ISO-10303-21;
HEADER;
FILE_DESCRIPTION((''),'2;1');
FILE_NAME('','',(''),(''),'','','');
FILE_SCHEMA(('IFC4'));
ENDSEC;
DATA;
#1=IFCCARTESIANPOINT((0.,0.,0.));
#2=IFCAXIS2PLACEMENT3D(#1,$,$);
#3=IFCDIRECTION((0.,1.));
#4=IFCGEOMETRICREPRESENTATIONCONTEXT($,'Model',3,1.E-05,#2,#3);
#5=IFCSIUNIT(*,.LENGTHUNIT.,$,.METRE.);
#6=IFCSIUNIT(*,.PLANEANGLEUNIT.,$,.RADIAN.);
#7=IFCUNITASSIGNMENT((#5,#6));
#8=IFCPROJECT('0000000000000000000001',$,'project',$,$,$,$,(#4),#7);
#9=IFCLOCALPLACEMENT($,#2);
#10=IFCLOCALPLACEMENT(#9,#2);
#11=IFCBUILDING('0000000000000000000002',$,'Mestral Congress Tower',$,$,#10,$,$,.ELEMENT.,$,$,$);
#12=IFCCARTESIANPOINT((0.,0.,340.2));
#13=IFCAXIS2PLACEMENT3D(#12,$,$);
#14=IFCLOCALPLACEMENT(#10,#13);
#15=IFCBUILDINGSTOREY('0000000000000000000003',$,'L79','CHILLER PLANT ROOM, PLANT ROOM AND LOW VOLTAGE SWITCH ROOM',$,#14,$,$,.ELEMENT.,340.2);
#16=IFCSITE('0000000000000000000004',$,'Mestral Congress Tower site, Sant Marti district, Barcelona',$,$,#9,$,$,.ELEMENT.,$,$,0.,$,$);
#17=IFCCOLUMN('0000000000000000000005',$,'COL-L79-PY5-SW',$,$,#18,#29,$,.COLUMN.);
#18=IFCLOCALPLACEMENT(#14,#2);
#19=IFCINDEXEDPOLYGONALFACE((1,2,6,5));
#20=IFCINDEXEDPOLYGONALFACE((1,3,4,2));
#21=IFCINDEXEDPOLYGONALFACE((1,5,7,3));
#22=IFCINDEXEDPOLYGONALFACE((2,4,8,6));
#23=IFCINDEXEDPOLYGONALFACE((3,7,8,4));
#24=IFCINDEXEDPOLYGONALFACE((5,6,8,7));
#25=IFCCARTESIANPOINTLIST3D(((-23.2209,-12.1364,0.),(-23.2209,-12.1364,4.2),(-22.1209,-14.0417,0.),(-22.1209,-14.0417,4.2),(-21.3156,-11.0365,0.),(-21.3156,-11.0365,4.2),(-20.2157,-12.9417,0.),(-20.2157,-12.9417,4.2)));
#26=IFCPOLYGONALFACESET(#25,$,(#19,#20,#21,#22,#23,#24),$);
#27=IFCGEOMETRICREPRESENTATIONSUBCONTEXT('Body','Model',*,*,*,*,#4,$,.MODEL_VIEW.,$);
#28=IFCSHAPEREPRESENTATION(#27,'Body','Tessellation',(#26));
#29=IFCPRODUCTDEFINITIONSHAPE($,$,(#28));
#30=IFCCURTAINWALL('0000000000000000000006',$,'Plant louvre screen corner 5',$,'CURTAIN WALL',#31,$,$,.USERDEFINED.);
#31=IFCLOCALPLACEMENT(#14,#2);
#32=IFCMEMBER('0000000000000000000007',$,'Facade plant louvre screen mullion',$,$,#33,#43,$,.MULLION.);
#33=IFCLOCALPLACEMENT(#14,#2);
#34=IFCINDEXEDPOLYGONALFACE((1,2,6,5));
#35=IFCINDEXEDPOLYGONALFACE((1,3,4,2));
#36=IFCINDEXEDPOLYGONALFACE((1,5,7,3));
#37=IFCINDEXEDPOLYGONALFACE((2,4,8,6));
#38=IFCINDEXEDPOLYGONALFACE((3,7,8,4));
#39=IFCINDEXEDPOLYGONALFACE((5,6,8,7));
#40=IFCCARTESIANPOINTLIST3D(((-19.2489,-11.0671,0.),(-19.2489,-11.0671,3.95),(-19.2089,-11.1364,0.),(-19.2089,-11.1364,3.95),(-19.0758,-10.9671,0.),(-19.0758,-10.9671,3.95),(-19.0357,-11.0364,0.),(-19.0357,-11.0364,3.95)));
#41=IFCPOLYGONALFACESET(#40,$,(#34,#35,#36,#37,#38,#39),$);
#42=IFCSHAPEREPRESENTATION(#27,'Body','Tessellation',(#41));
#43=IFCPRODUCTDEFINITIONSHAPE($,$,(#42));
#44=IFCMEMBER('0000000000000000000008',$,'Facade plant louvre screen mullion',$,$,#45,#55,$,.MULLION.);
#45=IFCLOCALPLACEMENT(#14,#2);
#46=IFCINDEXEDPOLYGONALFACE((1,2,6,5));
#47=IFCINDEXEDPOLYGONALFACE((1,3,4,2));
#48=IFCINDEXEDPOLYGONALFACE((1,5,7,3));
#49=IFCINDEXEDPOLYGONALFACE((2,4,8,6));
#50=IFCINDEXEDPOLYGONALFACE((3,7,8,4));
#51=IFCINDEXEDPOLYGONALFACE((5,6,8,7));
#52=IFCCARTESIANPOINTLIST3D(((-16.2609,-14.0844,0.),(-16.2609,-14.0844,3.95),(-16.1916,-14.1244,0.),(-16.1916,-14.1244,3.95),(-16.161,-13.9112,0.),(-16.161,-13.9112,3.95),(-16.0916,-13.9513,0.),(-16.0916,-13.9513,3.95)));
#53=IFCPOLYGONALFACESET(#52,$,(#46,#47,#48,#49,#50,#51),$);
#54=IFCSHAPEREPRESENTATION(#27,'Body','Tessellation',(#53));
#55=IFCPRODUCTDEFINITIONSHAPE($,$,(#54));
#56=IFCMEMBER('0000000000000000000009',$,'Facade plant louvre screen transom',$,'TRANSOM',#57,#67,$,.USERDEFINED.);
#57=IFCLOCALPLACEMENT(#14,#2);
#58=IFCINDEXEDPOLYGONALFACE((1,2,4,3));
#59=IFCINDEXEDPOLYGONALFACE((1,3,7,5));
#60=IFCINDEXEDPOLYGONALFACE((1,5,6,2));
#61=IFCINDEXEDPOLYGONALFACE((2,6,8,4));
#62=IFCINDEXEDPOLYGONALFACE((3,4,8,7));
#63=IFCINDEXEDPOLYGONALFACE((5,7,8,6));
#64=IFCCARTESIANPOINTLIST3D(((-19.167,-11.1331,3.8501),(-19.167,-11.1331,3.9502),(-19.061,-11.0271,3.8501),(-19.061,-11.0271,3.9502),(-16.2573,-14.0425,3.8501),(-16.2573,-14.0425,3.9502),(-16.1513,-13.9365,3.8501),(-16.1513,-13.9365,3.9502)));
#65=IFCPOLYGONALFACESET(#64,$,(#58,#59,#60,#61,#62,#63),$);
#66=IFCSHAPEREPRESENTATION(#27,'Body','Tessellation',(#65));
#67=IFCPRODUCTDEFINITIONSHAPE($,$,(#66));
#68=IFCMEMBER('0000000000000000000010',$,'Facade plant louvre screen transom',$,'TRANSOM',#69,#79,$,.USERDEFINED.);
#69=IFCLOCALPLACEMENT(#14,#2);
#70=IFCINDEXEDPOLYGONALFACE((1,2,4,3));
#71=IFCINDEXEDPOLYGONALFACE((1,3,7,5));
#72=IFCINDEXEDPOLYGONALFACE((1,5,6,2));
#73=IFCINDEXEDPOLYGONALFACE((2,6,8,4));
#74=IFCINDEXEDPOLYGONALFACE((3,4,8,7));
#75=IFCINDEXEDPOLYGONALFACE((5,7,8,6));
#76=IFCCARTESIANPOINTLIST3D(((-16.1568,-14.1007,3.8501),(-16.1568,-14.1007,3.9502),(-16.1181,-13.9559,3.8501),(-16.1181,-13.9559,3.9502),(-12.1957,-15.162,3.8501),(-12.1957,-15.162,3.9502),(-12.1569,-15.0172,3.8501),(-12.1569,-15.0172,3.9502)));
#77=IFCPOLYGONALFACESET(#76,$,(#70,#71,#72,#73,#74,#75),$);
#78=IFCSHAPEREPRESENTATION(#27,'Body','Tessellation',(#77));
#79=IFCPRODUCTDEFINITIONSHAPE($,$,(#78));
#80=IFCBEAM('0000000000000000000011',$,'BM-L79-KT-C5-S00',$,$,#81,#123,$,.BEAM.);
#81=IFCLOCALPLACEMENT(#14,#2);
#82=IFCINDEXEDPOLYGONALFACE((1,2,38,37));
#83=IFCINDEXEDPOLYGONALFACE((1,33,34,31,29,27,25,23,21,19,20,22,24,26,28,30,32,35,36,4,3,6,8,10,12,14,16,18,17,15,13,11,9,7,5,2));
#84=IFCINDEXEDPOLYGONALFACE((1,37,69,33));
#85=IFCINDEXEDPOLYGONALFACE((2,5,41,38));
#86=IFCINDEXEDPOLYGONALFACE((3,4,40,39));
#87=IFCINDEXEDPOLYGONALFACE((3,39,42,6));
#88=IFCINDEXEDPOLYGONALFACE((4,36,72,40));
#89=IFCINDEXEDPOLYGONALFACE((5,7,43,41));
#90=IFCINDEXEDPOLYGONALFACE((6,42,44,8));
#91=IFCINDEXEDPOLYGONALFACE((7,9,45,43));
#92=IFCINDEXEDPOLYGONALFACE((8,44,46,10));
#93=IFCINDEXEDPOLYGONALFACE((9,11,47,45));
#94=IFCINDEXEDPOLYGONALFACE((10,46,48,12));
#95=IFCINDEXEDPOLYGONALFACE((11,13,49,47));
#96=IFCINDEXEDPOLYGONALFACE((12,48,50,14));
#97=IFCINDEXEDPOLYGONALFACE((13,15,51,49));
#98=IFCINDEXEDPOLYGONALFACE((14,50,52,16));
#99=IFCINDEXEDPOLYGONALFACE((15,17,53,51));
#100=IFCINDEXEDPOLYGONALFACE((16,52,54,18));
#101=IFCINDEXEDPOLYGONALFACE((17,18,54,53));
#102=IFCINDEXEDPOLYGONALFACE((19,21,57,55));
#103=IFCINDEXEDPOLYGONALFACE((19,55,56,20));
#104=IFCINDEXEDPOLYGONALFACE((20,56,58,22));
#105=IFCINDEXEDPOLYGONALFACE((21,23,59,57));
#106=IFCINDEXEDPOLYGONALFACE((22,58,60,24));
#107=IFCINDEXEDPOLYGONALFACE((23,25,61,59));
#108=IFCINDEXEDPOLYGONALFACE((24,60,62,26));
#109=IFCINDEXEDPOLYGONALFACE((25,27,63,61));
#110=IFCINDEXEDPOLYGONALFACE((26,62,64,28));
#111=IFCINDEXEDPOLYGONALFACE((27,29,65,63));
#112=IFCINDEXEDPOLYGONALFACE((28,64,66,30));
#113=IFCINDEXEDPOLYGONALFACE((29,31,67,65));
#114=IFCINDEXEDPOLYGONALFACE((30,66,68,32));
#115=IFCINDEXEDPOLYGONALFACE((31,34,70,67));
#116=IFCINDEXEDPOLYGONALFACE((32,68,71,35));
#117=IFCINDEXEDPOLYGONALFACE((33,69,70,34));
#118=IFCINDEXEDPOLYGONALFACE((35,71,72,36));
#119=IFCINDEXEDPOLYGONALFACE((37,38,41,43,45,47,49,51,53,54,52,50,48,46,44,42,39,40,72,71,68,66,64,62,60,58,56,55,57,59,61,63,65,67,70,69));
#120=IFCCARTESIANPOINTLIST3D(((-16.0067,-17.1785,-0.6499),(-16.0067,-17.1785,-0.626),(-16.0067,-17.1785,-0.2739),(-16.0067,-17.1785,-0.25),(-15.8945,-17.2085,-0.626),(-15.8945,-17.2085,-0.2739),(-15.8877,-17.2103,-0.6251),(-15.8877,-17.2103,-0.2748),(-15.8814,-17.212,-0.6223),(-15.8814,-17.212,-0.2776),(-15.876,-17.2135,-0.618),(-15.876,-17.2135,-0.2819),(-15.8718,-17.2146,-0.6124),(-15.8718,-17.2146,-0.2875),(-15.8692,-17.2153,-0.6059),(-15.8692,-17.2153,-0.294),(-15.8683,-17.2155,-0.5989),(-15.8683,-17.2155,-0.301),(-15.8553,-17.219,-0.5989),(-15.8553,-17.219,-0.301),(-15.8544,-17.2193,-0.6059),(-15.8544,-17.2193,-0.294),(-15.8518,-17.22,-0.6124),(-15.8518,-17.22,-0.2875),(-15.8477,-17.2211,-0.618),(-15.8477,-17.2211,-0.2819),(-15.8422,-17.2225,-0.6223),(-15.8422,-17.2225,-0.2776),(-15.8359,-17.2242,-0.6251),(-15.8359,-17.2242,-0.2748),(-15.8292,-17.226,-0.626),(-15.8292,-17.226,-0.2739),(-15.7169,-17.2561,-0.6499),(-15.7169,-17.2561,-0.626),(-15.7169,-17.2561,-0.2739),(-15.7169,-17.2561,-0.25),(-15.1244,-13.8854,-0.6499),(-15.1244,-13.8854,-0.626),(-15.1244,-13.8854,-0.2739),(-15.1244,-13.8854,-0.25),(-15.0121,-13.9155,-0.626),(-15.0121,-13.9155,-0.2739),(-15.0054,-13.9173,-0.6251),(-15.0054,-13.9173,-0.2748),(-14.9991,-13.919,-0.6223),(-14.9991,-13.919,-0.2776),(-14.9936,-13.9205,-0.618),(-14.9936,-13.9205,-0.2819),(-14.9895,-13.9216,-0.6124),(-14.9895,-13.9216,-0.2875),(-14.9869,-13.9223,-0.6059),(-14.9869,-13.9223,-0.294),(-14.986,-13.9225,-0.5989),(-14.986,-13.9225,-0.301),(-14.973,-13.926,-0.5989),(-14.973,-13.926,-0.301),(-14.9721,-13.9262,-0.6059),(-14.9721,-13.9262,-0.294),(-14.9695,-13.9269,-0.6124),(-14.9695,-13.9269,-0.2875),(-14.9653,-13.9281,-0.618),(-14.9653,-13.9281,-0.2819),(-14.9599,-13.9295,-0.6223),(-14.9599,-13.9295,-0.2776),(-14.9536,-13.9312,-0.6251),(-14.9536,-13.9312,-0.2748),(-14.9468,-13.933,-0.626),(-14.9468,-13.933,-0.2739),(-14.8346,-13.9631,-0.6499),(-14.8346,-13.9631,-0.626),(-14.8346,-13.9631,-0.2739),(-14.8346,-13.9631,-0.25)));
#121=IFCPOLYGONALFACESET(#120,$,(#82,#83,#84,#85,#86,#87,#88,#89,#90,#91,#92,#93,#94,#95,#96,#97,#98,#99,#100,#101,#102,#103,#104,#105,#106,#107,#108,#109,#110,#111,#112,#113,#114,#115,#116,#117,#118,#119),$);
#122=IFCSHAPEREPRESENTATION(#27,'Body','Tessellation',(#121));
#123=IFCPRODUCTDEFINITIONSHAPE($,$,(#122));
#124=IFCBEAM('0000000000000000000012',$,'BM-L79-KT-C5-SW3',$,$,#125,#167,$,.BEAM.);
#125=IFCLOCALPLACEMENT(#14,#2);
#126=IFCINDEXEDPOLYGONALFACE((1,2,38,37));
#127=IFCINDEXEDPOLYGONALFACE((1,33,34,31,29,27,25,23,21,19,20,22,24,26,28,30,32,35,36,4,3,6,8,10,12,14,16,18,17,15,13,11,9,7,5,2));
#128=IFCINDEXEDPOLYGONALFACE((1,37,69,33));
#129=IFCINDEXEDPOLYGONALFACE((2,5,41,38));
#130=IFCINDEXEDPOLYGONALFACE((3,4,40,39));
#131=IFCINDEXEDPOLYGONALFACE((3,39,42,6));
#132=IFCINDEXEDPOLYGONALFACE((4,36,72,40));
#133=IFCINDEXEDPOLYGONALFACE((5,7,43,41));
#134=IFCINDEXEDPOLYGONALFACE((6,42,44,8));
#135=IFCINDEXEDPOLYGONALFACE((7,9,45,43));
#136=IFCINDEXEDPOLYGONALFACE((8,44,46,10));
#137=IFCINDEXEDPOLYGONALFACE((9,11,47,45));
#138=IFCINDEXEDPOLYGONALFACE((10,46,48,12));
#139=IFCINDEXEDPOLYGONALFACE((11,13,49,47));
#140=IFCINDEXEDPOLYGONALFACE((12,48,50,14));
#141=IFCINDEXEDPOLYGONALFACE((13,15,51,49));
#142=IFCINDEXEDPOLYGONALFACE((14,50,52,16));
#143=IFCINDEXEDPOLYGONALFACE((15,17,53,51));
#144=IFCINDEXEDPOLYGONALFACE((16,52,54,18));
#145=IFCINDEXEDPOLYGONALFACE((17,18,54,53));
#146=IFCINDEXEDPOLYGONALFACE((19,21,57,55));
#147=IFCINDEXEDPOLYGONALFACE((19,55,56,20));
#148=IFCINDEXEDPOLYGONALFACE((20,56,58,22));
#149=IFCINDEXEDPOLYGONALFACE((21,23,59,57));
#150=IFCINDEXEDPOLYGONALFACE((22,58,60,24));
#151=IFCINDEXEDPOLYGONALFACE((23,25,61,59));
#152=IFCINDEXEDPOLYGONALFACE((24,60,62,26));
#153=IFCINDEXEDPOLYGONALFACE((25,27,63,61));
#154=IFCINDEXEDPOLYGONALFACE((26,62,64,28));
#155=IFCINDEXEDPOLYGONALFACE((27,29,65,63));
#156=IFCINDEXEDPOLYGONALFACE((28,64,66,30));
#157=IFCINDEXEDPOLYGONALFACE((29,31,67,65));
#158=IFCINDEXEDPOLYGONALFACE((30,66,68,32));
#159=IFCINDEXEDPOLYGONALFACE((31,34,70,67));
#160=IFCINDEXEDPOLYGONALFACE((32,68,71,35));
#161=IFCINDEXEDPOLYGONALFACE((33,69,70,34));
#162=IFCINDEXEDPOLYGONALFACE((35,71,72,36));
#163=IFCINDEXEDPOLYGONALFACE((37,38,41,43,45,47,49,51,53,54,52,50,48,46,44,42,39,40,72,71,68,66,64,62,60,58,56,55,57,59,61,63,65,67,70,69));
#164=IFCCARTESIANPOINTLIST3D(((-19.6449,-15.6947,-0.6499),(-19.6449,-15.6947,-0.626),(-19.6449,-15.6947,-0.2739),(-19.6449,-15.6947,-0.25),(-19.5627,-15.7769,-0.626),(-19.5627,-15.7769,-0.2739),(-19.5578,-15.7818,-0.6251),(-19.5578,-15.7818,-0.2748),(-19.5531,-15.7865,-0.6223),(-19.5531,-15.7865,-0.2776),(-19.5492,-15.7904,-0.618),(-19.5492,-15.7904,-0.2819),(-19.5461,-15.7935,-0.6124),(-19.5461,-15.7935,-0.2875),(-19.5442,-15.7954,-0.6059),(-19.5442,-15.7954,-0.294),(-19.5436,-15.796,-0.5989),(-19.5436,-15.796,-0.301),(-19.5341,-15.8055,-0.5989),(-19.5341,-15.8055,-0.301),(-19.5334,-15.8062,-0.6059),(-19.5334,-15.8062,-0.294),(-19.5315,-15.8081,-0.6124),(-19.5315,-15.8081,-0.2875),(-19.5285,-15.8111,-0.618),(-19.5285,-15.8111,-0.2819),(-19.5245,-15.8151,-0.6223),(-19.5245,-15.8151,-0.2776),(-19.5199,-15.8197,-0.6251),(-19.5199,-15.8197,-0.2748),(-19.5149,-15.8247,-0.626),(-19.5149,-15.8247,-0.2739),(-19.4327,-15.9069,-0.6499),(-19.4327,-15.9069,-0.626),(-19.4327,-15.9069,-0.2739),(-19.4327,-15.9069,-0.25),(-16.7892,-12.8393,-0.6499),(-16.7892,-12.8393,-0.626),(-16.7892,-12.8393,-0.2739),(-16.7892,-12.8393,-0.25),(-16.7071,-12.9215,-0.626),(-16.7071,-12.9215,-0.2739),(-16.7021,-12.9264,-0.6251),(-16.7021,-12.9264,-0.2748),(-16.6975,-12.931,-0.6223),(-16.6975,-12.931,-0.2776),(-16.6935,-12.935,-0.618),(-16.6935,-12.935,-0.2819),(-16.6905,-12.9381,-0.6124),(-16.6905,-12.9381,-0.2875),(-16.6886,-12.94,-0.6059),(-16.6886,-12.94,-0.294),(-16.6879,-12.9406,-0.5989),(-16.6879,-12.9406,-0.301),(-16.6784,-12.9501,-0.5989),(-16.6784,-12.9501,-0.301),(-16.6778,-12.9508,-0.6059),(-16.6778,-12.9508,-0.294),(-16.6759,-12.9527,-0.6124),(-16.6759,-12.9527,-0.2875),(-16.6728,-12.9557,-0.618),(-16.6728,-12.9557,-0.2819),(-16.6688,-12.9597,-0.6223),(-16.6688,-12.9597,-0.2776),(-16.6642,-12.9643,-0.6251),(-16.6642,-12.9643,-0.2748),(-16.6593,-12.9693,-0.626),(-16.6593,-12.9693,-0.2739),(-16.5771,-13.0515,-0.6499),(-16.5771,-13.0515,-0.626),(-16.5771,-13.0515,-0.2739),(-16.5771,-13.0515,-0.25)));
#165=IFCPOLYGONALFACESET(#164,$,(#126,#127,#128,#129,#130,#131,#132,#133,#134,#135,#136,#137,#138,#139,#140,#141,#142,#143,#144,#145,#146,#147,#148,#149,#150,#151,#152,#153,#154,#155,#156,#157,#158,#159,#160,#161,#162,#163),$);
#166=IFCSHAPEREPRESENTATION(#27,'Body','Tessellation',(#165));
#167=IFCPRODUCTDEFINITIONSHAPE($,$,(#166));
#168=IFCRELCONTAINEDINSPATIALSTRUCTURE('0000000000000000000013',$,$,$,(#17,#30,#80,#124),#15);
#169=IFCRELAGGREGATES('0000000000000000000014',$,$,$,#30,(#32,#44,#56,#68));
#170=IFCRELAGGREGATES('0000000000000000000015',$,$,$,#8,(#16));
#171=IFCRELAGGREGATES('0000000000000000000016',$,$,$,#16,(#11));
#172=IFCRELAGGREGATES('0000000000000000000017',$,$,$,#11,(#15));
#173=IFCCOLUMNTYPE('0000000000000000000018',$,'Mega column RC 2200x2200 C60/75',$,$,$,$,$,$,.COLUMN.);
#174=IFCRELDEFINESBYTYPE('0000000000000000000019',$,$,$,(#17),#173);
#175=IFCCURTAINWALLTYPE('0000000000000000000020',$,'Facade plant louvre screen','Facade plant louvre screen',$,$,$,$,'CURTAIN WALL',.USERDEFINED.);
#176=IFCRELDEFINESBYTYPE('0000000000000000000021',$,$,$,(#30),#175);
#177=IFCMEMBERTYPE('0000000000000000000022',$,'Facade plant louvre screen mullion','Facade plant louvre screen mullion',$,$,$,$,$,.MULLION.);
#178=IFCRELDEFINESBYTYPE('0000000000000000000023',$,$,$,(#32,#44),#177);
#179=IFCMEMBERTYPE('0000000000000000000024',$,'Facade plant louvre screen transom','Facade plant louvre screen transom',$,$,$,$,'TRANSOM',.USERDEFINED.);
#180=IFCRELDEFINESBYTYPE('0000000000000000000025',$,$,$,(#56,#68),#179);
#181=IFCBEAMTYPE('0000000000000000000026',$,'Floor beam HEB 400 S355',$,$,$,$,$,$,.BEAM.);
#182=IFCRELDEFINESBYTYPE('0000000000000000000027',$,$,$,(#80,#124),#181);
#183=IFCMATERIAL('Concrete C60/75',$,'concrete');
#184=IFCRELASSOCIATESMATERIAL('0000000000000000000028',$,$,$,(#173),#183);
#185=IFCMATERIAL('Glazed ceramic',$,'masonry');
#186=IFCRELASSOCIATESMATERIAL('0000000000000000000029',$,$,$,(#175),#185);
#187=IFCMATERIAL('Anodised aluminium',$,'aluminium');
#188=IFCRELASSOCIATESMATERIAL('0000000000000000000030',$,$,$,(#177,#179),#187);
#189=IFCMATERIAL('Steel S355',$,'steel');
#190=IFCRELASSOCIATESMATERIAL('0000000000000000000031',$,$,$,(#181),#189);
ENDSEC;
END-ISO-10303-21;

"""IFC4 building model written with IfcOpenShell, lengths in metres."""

from ifc_helpers import new_model, si_unit, direction, frame, origin, origin_2d, place, context, subcontext, project, spatial, rectangle, i_section, extrude, material, material_profile, profile_set, type_object, element, aggregate, save


model = new_model("IFC4")

# Units and contexts
model_context = context("Model", 3, precision=1e-05, world=origin(), true_north=direction((0.0, 1.0)))
body_context = subcontext(model_context, "Body", "Model", "MODEL_VIEW")
ifc_project = project(units=[si_unit("LENGTHUNIT", "METRE"), si_unit("PLANEANGLEUNIT", "RADIAN")], contexts=[model_context])

# Site, building, storey
site_placement = place(None, origin())
site = spatial("IfcSite", under=ifc_project, at=site_placement, Name="Mestral Congress Tower site, Sant Marti district, Barcelona", CompositionType="ELEMENT", RefElevation=0.0)
building_placement = place(site_placement, origin())
building = spatial("IfcBuilding", under=site, at=building_placement, Name="Mestral Congress Tower", CompositionType="ELEMENT")
storey_placement = place(building_placement, frame((0.0, 0.0, 340.2)))
storey = spatial("IfcBuildingStorey", under=building, at=storey_placement, Name="L79", Description="CHILLER PLANT ROOM, PLANT ROOM AND LOW VOLTAGE SWITCH ROOM", CompositionType="ELEMENT", Elevation=340.2)

# Column
ifc_material_1 = material(Name="Steel S355", Category="steel")
ifc_material_2 = material(Name="Concrete C60/75", Category="concrete")
ifc_material_profile_1 = material_profile(ifc_material_2, rectangle(XDim=2.2, YDim=2.2, at=origin_2d()), Name="RC 2200x2200")
ifc_profile_set_1 = profile_set([ifc_material_profile_1], Name="Concrete C60/75")
column_type_1 = type_object("IfcColumnType", Name="Mega column RC 2200x2200 C60/75", PredefinedType="COLUMN", material=ifc_profile_set_1)
column_placement = place(storey_placement, frame((-21.7183, -12.5391, 0.0), z_axis=(0.0, 0.0, 1.0), x_axis=(-0.866025, -0.5, 0.0)))
element("IfcColumn", 1, at=column_placement, inside=storey, type_object=column_type_1, Name="COL-L79-PY5-SW", PredefinedType="COLUMN", context=body_context, shape_type="SweptSolid", body=[
    extrude(rectangle(XDim=2.2, YDim=2.2, at=origin_2d()), origin(), (0.0, 0.0, 1.0), 4.2),
])

# Curtain wall, members
ifc_material_3 = material(Name="Glazed ceramic", Category="masonry")
curtain_wall_type = type_object("IfcCurtainWallType", Name="Facade plant louvre screen", Description="Facade plant louvre screen", ElementType="CURTAIN WALL", PredefinedType="USERDEFINED", material=ifc_material_3)
curtain_wall_placement = place(storey_placement, origin())
curtain_wall = element("IfcCurtainWall", 2, at=curtain_wall_placement, inside=storey, type_object=curtain_wall_type, Name="Plant louvre screen corner 5", ObjectType="CURTAIN WALL", PredefinedType="USERDEFINED")
ifc_material_4 = material(Name="Anodised aluminium", Category="aluminium")
ifc_material_profile_2 = material_profile(ifc_material_4, rectangle(XDim=0.2, YDim=0.0801, at=origin_2d()), Name="CW6 mullion 200 x 80")
ifc_profile_set_2 = profile_set([ifc_material_profile_2], Name="Anodised aluminium")
member_type_1 = type_object("IfcMemberType", Name="Facade plant louvre screen mullion", Description="Facade plant louvre screen mullion", PredefinedType="MULLION", material=ifc_profile_set_2)
member_1_placement = place(storey_placement, frame((-19.1423, -11.0518, 0.0), z_axis=(0.0, 0.0, 1.0), x_axis=(-0.866025, -0.5, 0.0)))
member_1 = element("IfcMember", 3, at=member_1_placement, type_object=member_type_1, Name="Facade plant louvre screen mullion", PredefinedType="MULLION", context=body_context, shape_type="SweptSolid", body=[
    extrude(rectangle(XDim=0.2, YDim=0.0801, at=origin_2d()), origin(), (0.0, 0.0, 1.0), 3.95),
])
member_2_placement = place(storey_placement, frame((-16.1763, -14.0178, 0.0), z_axis=(0.0, 0.0, 1.0), x_axis=(-0.5, -0.866025, 0.0)))
member_2 = element("IfcMember", 4, at=member_2_placement, type_object=member_type_1, Name="Facade plant louvre screen mullion", PredefinedType="MULLION", context=body_context, shape_type="SweptSolid", body=[
    extrude(rectangle(XDim=0.2, YDim=0.0801, at=origin_2d()), origin(), (0.0, 0.0, 1.0), 3.95),
])
ifc_material_profile_3 = material_profile(ifc_material_4, rectangle(XDim=0.1499, YDim=0.1001, at=origin_2d()), Name="CW6 transom 150 x 100")
ifc_profile_set_3 = profile_set([ifc_material_profile_3], Name="Anodised aluminium")
member_type_2 = type_object("IfcMemberType", Name="Facade plant louvre screen transom", Description="Facade plant louvre screen transom", ElementType="TRANSOM", PredefinedType="USERDEFINED", material=ifc_profile_set_3)
member_3_placement = place(storey_placement, frame((-19.114, -11.0801, 3.9001), z_axis=(0.707136, -0.707077, 0.0), x_axis=(0.707077, 0.707136, 0.0)))
member_3 = element("IfcMember", 5, at=member_3_placement, type_object=member_type_2, Name="Facade plant louvre screen transom", ObjectType="TRANSOM", PredefinedType="USERDEFINED", context=body_context, shape_type="SweptSolid", body=[
    extrude(rectangle(XDim=0.1499, YDim=0.1001, at=origin_2d()), origin(), (0.0, 0.0, 1.0), 4.1147),
])
member_4_placement = place(storey_placement, frame((-16.1375, -14.0283, 3.9001), z_axis=(0.965933, -0.258793, 0.0), x_axis=(0.258793, 0.965933, 0.0)))
member_4 = element("IfcMember", 6, at=member_4_placement, type_object=member_type_2, Name="Facade plant louvre screen transom", ObjectType="TRANSOM", PredefinedType="USERDEFINED", context=body_context, shape_type="SweptSolid", body=[
    extrude(rectangle(XDim=0.1499, YDim=0.1001, at=origin_2d()), origin(), (0.0, 0.0, 1.0), 4.1008),
])

# Beams
ifc_material_profile_4 = material_profile(ifc_material_1, i_section(OverallWidth=0.3, OverallDepth=0.3999, WebThickness=0.0134, FlangeThickness=0.0239, FilletRadius=0.0271, at=origin_2d()), Name="HEB 400")
ifc_profile_set_4 = profile_set([ifc_material_profile_4], Name="Steel S355")
beam_type_1 = type_object("IfcBeamType", Name="Floor beam HEB 400 S355", PredefinedType="BEAM", material=ifc_profile_set_4)
beam_1_placement = place(storey_placement, frame((-15.8618, -17.2173, -0.45), z_axis=(0.258812, 0.965928, 0.0), x_axis=(-0.965928, 0.258812, 0.0)))
element("IfcBeam", 7, at=beam_1_placement, inside=storey, type_object=beam_type_1, Name="BM-L79-KT-C5-S00", PredefinedType="BEAM", context=body_context, shape_type="SweptSolid", body=[
    extrude(i_section(OverallWidth=0.3, OverallDepth=0.3999, WebThickness=0.0134, FlangeThickness=0.0239, FilletRadius=0.0271, at=origin_2d()), origin(), (0.0, 0.0, 1.0), 3.4092),
])
beam_2_placement = place(storey_placement, frame((-19.5388, -15.8008, -0.45), z_axis=(0.707137, 0.707077, 0.0), x_axis=(-0.707077, 0.707137, 0.0)))
element("IfcBeam", 8, at=beam_2_placement, inside=storey, type_object=beam_type_1, Name="BM-L79-KT-C5-SW3", PredefinedType="BEAM", context=body_context, shape_type="SweptSolid", body=[
    extrude(i_section(OverallWidth=0.3, OverallDepth=0.3999, WebThickness=0.0134, FlangeThickness=0.0239, FilletRadius=0.0271, at=origin_2d()), origin(), (0.0, 0.0, 1.0), 4.0383),
])

aggregate(curtain_wall, [member_1, member_2, member_3, member_4])

save(model, "model.ifc")
